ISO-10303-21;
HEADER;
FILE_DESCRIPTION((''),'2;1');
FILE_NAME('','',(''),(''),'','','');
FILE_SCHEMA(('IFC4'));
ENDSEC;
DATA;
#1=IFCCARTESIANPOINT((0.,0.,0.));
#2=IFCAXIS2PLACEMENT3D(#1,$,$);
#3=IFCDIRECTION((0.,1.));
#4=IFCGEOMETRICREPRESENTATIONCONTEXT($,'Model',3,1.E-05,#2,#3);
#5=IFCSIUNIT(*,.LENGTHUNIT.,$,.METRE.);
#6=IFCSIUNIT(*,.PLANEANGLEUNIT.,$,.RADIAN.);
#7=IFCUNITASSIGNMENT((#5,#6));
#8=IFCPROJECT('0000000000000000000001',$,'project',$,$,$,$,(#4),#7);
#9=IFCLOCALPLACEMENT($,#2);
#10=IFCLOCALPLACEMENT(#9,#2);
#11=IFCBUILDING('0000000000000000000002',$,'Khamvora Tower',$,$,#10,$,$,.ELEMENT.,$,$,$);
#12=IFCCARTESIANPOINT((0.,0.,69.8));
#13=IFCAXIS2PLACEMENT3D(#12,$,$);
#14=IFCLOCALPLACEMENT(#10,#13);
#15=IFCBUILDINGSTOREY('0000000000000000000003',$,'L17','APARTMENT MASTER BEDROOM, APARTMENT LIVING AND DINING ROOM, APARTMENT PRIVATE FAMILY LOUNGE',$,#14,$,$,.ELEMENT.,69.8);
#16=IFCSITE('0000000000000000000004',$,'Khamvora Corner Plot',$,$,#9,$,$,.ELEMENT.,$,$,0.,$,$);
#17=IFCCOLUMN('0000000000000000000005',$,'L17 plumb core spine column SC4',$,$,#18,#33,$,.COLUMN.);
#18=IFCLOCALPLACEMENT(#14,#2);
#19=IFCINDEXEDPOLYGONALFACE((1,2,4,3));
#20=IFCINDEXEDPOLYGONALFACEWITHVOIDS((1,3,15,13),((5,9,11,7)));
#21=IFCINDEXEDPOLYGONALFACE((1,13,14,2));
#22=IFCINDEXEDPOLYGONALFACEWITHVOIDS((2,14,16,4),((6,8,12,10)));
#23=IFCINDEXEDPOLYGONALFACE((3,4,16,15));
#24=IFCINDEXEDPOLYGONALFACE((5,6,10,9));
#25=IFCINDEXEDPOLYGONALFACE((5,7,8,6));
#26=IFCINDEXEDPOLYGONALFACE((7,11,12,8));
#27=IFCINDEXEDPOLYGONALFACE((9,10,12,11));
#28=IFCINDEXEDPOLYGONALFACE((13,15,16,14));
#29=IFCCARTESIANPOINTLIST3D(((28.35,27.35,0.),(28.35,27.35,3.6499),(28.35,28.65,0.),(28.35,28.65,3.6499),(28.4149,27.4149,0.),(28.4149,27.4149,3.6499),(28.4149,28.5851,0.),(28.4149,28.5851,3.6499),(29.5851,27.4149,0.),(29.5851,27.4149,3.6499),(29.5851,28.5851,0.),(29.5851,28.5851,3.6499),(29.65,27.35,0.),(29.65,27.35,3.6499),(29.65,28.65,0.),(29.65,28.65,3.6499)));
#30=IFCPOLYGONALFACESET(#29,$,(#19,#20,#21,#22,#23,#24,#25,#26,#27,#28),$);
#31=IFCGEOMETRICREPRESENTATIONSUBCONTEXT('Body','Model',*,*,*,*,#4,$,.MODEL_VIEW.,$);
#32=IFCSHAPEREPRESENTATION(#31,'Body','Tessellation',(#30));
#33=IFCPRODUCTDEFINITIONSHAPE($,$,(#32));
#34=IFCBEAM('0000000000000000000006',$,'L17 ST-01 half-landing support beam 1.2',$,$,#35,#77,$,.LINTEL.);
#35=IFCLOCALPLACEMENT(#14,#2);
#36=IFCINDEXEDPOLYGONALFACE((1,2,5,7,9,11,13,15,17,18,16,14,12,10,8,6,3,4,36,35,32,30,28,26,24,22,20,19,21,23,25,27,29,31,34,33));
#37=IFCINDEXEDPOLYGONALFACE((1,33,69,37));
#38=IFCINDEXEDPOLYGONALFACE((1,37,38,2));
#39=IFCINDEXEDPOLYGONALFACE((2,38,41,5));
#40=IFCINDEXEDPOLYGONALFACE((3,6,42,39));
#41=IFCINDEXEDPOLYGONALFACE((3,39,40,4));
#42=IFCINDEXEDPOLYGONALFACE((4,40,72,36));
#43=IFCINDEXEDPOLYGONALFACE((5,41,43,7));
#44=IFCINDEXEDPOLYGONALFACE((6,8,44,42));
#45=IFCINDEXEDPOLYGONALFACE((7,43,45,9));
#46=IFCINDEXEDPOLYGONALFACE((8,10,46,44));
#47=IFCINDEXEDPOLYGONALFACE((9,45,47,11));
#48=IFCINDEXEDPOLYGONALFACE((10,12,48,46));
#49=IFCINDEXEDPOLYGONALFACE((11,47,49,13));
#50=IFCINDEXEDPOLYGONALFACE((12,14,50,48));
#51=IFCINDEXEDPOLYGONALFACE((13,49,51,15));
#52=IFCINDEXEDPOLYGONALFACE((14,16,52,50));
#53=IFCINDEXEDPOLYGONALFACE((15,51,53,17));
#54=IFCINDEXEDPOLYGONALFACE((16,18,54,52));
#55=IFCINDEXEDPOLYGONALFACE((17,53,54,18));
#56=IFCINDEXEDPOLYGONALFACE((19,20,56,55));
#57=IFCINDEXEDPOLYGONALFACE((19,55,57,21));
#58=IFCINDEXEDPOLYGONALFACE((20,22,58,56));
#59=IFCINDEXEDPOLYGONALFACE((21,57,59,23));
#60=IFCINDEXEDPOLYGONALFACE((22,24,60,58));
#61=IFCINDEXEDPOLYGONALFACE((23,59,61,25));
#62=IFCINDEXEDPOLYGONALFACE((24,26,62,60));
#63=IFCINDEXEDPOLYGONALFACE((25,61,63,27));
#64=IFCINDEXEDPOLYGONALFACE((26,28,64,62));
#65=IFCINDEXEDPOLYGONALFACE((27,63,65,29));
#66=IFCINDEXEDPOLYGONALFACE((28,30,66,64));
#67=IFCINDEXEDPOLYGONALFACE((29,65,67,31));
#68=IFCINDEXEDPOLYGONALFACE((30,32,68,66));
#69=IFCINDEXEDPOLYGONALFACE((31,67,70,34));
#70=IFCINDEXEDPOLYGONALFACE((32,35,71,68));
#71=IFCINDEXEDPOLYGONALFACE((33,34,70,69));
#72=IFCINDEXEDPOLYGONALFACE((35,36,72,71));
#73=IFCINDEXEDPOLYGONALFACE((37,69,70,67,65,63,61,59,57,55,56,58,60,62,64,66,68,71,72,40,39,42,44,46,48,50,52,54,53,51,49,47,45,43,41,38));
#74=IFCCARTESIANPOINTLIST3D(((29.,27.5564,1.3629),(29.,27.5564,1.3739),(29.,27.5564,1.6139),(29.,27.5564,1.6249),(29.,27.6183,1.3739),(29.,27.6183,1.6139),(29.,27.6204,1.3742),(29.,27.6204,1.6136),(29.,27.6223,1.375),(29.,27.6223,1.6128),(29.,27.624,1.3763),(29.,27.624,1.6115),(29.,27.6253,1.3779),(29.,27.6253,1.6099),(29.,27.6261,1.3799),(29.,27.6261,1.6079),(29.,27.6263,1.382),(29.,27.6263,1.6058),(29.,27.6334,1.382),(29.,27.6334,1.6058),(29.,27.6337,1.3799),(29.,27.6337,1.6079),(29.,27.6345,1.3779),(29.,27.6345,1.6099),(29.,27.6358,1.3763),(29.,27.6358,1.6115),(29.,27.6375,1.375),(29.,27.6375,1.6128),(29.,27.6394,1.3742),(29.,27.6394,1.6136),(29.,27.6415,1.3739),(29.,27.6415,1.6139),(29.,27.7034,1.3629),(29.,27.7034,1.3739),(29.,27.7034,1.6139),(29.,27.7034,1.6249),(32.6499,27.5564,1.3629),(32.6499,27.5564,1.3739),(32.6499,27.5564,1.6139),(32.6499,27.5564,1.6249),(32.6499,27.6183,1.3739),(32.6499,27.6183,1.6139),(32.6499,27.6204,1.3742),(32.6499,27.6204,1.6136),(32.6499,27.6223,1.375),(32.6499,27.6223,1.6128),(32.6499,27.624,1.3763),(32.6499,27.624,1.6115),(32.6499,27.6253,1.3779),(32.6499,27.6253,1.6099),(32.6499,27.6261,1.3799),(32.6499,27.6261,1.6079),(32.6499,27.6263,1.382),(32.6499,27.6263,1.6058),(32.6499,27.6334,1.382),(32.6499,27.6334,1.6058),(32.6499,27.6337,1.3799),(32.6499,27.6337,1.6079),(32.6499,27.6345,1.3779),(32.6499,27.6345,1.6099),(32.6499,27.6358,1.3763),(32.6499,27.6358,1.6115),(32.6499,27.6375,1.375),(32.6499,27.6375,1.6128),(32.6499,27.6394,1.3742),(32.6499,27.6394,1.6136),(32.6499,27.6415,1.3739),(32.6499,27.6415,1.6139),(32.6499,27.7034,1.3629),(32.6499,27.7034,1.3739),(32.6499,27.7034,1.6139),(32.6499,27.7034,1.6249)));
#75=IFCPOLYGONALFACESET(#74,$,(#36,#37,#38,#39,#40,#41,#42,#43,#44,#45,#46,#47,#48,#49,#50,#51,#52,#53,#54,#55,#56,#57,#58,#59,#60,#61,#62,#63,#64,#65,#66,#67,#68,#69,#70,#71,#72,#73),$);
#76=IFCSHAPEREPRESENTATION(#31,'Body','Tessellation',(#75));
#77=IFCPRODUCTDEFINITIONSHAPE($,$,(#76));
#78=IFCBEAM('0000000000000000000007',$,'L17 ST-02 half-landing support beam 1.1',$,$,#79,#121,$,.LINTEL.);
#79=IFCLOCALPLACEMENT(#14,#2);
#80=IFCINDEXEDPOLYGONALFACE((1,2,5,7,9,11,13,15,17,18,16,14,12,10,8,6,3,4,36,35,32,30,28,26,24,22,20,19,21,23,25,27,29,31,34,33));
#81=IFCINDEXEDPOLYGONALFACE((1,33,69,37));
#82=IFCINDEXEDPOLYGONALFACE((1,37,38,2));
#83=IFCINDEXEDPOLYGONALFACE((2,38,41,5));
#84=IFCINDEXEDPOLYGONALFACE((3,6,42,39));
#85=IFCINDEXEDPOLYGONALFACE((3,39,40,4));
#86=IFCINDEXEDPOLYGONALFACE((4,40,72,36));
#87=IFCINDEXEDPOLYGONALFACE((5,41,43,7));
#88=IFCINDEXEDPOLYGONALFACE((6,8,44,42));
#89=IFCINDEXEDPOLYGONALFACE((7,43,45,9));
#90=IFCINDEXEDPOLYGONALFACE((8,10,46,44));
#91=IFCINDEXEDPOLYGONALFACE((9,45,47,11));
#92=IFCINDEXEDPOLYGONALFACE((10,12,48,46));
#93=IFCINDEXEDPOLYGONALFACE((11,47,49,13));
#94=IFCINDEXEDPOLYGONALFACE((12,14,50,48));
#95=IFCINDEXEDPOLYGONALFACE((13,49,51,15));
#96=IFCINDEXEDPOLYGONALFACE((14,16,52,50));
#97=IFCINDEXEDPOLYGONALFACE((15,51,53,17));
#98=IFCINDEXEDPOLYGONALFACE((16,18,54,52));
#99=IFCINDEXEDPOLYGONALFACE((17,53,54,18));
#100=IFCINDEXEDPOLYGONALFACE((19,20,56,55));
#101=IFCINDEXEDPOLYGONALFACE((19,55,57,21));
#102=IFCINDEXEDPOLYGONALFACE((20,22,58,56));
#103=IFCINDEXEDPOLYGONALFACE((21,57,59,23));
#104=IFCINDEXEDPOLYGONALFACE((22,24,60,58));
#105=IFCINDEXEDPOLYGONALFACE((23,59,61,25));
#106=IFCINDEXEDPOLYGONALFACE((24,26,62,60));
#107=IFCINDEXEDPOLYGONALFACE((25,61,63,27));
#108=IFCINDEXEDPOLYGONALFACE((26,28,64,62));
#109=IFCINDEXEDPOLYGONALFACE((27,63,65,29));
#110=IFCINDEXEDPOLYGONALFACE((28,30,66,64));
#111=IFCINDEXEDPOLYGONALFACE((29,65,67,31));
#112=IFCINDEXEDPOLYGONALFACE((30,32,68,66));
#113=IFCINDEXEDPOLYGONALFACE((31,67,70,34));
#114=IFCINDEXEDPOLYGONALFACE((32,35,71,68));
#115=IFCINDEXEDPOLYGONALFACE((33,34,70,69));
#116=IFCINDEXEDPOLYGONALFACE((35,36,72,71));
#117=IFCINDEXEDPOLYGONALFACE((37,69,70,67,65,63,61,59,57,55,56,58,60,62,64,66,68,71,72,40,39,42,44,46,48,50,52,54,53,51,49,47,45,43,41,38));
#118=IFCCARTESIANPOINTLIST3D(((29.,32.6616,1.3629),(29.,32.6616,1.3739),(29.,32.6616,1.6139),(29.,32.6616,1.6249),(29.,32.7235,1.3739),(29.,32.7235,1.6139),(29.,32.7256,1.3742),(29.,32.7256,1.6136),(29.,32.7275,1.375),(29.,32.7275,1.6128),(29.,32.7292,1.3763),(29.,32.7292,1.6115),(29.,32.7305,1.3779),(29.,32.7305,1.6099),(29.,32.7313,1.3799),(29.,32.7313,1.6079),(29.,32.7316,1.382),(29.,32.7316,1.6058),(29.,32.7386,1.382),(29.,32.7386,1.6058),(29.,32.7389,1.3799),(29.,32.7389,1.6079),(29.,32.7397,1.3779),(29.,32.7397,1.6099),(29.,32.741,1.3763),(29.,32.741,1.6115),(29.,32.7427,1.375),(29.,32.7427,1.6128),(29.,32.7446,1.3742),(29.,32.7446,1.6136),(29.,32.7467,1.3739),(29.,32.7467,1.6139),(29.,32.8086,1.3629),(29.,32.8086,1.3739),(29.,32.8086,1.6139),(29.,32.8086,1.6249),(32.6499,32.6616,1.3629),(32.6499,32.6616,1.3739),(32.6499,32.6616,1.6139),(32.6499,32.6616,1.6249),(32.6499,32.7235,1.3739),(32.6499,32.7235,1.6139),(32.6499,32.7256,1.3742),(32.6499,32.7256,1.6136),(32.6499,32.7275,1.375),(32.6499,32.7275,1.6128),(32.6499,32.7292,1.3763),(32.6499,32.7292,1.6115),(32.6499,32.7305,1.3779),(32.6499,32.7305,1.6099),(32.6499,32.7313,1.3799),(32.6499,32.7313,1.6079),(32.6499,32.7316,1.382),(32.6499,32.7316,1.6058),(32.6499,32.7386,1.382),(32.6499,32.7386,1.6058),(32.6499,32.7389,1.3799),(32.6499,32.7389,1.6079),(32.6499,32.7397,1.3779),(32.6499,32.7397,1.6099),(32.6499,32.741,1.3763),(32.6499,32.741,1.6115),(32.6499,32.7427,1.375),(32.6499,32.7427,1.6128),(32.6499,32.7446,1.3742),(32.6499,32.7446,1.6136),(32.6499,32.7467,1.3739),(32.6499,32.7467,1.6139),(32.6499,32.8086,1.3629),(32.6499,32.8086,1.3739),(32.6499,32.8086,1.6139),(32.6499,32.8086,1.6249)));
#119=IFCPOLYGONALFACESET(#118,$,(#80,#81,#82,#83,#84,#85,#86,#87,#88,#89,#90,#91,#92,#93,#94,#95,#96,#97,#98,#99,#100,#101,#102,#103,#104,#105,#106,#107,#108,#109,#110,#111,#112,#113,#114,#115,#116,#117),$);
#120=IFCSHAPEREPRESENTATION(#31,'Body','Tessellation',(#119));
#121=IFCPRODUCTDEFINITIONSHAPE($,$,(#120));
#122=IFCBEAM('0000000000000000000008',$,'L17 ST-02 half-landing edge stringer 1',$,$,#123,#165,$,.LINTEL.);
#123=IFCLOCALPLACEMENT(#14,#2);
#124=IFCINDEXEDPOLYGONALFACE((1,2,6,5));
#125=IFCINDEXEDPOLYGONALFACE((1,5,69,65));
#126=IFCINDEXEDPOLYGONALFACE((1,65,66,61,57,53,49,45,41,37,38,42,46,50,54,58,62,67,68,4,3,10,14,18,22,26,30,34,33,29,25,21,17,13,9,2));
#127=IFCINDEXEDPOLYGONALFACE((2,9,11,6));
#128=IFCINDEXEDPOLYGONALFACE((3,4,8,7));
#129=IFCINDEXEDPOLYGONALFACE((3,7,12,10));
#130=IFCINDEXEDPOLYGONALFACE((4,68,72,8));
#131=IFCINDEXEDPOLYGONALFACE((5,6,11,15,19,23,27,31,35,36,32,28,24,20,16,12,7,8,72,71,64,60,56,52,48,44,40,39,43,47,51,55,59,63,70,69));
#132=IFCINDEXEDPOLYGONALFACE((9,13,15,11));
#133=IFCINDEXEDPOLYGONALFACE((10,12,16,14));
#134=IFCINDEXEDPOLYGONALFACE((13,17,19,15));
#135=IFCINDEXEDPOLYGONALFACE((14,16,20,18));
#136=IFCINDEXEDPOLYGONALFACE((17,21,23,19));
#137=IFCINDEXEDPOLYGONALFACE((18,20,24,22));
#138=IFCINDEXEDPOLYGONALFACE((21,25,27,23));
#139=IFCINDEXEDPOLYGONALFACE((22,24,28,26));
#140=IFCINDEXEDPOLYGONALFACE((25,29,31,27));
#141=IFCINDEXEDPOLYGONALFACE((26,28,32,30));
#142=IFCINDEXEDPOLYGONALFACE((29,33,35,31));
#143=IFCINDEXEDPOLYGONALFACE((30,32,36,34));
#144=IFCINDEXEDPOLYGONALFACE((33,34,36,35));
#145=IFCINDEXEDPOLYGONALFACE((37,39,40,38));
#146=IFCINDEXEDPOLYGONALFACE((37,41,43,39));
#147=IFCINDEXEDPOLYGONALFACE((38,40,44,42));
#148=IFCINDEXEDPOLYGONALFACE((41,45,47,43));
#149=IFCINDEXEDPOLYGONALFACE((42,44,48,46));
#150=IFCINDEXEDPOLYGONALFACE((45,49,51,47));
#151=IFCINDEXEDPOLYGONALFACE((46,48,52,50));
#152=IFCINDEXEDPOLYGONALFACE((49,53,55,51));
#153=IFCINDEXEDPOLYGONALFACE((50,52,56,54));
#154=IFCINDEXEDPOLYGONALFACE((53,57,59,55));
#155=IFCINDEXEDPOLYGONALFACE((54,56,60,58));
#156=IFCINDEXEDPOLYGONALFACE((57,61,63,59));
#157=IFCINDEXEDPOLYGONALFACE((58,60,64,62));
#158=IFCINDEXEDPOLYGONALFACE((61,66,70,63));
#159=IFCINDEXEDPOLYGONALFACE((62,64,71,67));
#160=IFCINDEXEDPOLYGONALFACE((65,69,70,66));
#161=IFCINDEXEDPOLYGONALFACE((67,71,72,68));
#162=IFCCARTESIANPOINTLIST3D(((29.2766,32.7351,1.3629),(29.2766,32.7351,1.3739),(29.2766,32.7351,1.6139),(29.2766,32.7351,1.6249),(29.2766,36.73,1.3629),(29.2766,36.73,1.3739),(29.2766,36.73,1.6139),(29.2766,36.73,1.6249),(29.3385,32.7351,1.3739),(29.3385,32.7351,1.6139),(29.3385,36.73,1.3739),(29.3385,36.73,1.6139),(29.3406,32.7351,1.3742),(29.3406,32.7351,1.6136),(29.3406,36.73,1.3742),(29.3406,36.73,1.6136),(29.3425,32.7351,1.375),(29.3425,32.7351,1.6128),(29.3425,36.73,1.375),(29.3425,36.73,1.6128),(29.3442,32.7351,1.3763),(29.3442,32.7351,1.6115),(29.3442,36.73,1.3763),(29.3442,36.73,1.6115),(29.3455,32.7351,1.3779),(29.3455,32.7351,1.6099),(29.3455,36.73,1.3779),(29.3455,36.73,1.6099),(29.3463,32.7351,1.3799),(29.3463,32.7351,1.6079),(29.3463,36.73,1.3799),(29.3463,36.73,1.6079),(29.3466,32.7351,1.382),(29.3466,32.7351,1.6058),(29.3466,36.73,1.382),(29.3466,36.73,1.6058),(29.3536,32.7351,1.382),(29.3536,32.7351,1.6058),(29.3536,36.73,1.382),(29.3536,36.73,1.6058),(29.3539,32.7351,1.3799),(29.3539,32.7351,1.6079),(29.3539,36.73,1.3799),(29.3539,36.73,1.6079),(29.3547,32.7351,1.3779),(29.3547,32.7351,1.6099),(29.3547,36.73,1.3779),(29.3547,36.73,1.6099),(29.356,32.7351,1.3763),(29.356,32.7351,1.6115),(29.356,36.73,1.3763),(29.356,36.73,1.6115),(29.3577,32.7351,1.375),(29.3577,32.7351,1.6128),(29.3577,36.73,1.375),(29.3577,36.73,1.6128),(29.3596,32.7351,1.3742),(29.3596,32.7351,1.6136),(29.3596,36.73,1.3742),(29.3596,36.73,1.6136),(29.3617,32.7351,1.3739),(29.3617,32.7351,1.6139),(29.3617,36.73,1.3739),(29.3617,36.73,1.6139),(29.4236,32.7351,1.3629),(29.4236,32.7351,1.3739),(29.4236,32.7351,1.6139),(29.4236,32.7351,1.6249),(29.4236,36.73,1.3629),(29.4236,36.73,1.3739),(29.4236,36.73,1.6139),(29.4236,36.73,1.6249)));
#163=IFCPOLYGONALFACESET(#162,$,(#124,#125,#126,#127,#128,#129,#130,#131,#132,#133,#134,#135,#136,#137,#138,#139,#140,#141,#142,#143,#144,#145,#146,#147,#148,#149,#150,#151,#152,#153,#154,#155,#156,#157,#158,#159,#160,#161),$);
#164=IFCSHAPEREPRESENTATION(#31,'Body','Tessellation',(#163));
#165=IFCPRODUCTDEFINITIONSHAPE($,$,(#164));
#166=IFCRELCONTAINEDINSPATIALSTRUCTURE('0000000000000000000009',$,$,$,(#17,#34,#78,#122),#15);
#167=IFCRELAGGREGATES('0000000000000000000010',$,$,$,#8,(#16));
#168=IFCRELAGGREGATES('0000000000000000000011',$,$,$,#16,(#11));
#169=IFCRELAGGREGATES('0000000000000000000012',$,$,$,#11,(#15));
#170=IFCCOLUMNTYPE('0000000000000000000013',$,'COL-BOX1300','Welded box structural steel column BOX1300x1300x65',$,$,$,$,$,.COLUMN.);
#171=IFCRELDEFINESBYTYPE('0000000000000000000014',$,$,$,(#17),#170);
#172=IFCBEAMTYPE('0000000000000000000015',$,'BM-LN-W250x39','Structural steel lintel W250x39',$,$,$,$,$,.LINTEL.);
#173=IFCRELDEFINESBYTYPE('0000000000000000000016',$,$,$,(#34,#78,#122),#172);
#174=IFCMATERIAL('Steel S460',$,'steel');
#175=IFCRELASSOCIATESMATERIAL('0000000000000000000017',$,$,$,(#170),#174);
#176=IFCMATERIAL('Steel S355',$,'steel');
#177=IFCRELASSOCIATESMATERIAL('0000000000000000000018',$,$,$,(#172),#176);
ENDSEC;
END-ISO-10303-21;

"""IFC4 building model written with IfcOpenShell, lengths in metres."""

from ifc_helpers import new_model, si_unit, direction, frame, origin, origin_2d, place, context, subcontext, project, spatial, hollow_rectangle, i_section, extrude, material, material_profile, profile_set, type_object, element, save


model = new_model("IFC4")

# Units and contexts
model_context = context("Model", 3, precision=1e-05, world=origin(), true_north=direction((0.0, 1.0)))
body_context = subcontext(model_context, "Body", "Model", "MODEL_VIEW")
ifc_project = project(units=[si_unit("LENGTHUNIT", "METRE"), si_unit("PLANEANGLEUNIT", "RADIAN")], contexts=[model_context])

# Site, building, storey
site_placement = place(None, origin())
site = spatial("IfcSite", under=ifc_project, at=site_placement, Name="Khamvora Corner Plot", CompositionType="ELEMENT", RefElevation=0.0)
building_placement = place(site_placement, origin())
building = spatial("IfcBuilding", under=site, at=building_placement, Name="Khamvora Tower", CompositionType="ELEMENT")
storey_placement = place(building_placement, frame((0.0, 0.0, 69.8)))
storey = spatial("IfcBuildingStorey", under=building, at=storey_placement, Name="L17", Description="APARTMENT MASTER BEDROOM, APARTMENT LIVING AND DINING ROOM, APARTMENT PRIVATE FAMILY LOUNGE", CompositionType="ELEMENT", Elevation=69.8)

# Column
ifc_material_1 = material(Name="Steel S460", Category="steel")
ifc_material_profile_1 = material_profile(ifc_material_1, hollow_rectangle(XDim=1.3, YDim=1.3, WallThickness=0.0649, at=origin_2d()), Name="BOX1300x1300x65")
ifc_profile_set_1 = profile_set([ifc_material_profile_1], Name="Steel S460")
column_type = type_object("IfcColumnType", Name="COL-BOX1300", Description="Welded box structural steel column BOX1300x1300x65", PredefinedType="COLUMN", material=ifc_profile_set_1)
column_placement = place(storey_placement, frame((29.0, 28.0, 0.0), z_axis=(0.0, 0.0, 1.0), x_axis=(1.0, 0.0, 0.0)))
element("IfcColumn", 1, at=column_placement, inside=storey, type_object=column_type, Name="L17 plumb core spine column SC4", PredefinedType="COLUMN", context=body_context, shape_type="SweptSolid", body=[
    extrude(hollow_rectangle(XDim=1.3, YDim=1.3, WallThickness=0.0649, at=origin_2d()), origin(), (0.0, 0.0, 1.0), 3.6499),
])

# Beams
ifc_material_2 = material(Name="Steel S355", Category="steel")
ifc_material_profile_2 = material_profile(ifc_material_2, i_section(OverallWidth=0.147, OverallDepth=0.262, WebThickness=0.0071, FlangeThickness=0.011, FilletRadius=0.0081, at=origin_2d()), Name="W250x39")
ifc_profile_set_2 = profile_set([ifc_material_profile_2], Name="Steel S355")
beam_type_1 = type_object("IfcBeamType", Name="BM-LN-W250x39", Description="Structural steel lintel W250x39", PredefinedType="LINTEL", material=ifc_profile_set_2)
for number, where, z_axis, x_axis, name in (
    (2, (29.0, 27.6299, 1.4939), (1.0, 0.0, 0.0), (0.0, 1.0, 0.0), "L17 ST-01 half-landing support beam 1.2"),
    (3, (29.0, 32.7351, 1.4939), (1.0, 0.0, 0.0), (0.0, 1.0, 0.0), "L17 ST-02 half-landing support beam 1.1"),
):
    element("IfcBeam", number, at=place(storey_placement, frame(where, z_axis=z_axis, x_axis=x_axis)), inside=storey, type_object=beam_type_1, Name=name, PredefinedType="LINTEL", context=body_context, shape_type="SweptSolid", body=[
        extrude(i_section(OverallWidth=0.147, OverallDepth=0.262, WebThickness=0.0071, FlangeThickness=0.011, FilletRadius=0.0081, at=origin_2d()), origin(), (0.0, 0.0, 1.0), 3.6499),
    ])
beam_1_placement = place(storey_placement, frame((29.3501, 32.7351, 1.4939), z_axis=(0.0, 1.0, 0.0), x_axis=(-1.0, 0.0, 0.0)))
element("IfcBeam", 4, at=beam_1_placement, inside=storey, type_object=beam_type_1, Name="L17 ST-02 half-landing edge stringer 1", PredefinedType="LINTEL", context=body_context, shape_type="SweptSolid", body=[
    extrude(i_section(OverallWidth=0.147, OverallDepth=0.262, WebThickness=0.0071, FlangeThickness=0.011, FilletRadius=0.0081, at=origin_2d()), origin(), (0.0, 0.0, 1.0), 3.9949),
])

save(model, "model.ifc")
